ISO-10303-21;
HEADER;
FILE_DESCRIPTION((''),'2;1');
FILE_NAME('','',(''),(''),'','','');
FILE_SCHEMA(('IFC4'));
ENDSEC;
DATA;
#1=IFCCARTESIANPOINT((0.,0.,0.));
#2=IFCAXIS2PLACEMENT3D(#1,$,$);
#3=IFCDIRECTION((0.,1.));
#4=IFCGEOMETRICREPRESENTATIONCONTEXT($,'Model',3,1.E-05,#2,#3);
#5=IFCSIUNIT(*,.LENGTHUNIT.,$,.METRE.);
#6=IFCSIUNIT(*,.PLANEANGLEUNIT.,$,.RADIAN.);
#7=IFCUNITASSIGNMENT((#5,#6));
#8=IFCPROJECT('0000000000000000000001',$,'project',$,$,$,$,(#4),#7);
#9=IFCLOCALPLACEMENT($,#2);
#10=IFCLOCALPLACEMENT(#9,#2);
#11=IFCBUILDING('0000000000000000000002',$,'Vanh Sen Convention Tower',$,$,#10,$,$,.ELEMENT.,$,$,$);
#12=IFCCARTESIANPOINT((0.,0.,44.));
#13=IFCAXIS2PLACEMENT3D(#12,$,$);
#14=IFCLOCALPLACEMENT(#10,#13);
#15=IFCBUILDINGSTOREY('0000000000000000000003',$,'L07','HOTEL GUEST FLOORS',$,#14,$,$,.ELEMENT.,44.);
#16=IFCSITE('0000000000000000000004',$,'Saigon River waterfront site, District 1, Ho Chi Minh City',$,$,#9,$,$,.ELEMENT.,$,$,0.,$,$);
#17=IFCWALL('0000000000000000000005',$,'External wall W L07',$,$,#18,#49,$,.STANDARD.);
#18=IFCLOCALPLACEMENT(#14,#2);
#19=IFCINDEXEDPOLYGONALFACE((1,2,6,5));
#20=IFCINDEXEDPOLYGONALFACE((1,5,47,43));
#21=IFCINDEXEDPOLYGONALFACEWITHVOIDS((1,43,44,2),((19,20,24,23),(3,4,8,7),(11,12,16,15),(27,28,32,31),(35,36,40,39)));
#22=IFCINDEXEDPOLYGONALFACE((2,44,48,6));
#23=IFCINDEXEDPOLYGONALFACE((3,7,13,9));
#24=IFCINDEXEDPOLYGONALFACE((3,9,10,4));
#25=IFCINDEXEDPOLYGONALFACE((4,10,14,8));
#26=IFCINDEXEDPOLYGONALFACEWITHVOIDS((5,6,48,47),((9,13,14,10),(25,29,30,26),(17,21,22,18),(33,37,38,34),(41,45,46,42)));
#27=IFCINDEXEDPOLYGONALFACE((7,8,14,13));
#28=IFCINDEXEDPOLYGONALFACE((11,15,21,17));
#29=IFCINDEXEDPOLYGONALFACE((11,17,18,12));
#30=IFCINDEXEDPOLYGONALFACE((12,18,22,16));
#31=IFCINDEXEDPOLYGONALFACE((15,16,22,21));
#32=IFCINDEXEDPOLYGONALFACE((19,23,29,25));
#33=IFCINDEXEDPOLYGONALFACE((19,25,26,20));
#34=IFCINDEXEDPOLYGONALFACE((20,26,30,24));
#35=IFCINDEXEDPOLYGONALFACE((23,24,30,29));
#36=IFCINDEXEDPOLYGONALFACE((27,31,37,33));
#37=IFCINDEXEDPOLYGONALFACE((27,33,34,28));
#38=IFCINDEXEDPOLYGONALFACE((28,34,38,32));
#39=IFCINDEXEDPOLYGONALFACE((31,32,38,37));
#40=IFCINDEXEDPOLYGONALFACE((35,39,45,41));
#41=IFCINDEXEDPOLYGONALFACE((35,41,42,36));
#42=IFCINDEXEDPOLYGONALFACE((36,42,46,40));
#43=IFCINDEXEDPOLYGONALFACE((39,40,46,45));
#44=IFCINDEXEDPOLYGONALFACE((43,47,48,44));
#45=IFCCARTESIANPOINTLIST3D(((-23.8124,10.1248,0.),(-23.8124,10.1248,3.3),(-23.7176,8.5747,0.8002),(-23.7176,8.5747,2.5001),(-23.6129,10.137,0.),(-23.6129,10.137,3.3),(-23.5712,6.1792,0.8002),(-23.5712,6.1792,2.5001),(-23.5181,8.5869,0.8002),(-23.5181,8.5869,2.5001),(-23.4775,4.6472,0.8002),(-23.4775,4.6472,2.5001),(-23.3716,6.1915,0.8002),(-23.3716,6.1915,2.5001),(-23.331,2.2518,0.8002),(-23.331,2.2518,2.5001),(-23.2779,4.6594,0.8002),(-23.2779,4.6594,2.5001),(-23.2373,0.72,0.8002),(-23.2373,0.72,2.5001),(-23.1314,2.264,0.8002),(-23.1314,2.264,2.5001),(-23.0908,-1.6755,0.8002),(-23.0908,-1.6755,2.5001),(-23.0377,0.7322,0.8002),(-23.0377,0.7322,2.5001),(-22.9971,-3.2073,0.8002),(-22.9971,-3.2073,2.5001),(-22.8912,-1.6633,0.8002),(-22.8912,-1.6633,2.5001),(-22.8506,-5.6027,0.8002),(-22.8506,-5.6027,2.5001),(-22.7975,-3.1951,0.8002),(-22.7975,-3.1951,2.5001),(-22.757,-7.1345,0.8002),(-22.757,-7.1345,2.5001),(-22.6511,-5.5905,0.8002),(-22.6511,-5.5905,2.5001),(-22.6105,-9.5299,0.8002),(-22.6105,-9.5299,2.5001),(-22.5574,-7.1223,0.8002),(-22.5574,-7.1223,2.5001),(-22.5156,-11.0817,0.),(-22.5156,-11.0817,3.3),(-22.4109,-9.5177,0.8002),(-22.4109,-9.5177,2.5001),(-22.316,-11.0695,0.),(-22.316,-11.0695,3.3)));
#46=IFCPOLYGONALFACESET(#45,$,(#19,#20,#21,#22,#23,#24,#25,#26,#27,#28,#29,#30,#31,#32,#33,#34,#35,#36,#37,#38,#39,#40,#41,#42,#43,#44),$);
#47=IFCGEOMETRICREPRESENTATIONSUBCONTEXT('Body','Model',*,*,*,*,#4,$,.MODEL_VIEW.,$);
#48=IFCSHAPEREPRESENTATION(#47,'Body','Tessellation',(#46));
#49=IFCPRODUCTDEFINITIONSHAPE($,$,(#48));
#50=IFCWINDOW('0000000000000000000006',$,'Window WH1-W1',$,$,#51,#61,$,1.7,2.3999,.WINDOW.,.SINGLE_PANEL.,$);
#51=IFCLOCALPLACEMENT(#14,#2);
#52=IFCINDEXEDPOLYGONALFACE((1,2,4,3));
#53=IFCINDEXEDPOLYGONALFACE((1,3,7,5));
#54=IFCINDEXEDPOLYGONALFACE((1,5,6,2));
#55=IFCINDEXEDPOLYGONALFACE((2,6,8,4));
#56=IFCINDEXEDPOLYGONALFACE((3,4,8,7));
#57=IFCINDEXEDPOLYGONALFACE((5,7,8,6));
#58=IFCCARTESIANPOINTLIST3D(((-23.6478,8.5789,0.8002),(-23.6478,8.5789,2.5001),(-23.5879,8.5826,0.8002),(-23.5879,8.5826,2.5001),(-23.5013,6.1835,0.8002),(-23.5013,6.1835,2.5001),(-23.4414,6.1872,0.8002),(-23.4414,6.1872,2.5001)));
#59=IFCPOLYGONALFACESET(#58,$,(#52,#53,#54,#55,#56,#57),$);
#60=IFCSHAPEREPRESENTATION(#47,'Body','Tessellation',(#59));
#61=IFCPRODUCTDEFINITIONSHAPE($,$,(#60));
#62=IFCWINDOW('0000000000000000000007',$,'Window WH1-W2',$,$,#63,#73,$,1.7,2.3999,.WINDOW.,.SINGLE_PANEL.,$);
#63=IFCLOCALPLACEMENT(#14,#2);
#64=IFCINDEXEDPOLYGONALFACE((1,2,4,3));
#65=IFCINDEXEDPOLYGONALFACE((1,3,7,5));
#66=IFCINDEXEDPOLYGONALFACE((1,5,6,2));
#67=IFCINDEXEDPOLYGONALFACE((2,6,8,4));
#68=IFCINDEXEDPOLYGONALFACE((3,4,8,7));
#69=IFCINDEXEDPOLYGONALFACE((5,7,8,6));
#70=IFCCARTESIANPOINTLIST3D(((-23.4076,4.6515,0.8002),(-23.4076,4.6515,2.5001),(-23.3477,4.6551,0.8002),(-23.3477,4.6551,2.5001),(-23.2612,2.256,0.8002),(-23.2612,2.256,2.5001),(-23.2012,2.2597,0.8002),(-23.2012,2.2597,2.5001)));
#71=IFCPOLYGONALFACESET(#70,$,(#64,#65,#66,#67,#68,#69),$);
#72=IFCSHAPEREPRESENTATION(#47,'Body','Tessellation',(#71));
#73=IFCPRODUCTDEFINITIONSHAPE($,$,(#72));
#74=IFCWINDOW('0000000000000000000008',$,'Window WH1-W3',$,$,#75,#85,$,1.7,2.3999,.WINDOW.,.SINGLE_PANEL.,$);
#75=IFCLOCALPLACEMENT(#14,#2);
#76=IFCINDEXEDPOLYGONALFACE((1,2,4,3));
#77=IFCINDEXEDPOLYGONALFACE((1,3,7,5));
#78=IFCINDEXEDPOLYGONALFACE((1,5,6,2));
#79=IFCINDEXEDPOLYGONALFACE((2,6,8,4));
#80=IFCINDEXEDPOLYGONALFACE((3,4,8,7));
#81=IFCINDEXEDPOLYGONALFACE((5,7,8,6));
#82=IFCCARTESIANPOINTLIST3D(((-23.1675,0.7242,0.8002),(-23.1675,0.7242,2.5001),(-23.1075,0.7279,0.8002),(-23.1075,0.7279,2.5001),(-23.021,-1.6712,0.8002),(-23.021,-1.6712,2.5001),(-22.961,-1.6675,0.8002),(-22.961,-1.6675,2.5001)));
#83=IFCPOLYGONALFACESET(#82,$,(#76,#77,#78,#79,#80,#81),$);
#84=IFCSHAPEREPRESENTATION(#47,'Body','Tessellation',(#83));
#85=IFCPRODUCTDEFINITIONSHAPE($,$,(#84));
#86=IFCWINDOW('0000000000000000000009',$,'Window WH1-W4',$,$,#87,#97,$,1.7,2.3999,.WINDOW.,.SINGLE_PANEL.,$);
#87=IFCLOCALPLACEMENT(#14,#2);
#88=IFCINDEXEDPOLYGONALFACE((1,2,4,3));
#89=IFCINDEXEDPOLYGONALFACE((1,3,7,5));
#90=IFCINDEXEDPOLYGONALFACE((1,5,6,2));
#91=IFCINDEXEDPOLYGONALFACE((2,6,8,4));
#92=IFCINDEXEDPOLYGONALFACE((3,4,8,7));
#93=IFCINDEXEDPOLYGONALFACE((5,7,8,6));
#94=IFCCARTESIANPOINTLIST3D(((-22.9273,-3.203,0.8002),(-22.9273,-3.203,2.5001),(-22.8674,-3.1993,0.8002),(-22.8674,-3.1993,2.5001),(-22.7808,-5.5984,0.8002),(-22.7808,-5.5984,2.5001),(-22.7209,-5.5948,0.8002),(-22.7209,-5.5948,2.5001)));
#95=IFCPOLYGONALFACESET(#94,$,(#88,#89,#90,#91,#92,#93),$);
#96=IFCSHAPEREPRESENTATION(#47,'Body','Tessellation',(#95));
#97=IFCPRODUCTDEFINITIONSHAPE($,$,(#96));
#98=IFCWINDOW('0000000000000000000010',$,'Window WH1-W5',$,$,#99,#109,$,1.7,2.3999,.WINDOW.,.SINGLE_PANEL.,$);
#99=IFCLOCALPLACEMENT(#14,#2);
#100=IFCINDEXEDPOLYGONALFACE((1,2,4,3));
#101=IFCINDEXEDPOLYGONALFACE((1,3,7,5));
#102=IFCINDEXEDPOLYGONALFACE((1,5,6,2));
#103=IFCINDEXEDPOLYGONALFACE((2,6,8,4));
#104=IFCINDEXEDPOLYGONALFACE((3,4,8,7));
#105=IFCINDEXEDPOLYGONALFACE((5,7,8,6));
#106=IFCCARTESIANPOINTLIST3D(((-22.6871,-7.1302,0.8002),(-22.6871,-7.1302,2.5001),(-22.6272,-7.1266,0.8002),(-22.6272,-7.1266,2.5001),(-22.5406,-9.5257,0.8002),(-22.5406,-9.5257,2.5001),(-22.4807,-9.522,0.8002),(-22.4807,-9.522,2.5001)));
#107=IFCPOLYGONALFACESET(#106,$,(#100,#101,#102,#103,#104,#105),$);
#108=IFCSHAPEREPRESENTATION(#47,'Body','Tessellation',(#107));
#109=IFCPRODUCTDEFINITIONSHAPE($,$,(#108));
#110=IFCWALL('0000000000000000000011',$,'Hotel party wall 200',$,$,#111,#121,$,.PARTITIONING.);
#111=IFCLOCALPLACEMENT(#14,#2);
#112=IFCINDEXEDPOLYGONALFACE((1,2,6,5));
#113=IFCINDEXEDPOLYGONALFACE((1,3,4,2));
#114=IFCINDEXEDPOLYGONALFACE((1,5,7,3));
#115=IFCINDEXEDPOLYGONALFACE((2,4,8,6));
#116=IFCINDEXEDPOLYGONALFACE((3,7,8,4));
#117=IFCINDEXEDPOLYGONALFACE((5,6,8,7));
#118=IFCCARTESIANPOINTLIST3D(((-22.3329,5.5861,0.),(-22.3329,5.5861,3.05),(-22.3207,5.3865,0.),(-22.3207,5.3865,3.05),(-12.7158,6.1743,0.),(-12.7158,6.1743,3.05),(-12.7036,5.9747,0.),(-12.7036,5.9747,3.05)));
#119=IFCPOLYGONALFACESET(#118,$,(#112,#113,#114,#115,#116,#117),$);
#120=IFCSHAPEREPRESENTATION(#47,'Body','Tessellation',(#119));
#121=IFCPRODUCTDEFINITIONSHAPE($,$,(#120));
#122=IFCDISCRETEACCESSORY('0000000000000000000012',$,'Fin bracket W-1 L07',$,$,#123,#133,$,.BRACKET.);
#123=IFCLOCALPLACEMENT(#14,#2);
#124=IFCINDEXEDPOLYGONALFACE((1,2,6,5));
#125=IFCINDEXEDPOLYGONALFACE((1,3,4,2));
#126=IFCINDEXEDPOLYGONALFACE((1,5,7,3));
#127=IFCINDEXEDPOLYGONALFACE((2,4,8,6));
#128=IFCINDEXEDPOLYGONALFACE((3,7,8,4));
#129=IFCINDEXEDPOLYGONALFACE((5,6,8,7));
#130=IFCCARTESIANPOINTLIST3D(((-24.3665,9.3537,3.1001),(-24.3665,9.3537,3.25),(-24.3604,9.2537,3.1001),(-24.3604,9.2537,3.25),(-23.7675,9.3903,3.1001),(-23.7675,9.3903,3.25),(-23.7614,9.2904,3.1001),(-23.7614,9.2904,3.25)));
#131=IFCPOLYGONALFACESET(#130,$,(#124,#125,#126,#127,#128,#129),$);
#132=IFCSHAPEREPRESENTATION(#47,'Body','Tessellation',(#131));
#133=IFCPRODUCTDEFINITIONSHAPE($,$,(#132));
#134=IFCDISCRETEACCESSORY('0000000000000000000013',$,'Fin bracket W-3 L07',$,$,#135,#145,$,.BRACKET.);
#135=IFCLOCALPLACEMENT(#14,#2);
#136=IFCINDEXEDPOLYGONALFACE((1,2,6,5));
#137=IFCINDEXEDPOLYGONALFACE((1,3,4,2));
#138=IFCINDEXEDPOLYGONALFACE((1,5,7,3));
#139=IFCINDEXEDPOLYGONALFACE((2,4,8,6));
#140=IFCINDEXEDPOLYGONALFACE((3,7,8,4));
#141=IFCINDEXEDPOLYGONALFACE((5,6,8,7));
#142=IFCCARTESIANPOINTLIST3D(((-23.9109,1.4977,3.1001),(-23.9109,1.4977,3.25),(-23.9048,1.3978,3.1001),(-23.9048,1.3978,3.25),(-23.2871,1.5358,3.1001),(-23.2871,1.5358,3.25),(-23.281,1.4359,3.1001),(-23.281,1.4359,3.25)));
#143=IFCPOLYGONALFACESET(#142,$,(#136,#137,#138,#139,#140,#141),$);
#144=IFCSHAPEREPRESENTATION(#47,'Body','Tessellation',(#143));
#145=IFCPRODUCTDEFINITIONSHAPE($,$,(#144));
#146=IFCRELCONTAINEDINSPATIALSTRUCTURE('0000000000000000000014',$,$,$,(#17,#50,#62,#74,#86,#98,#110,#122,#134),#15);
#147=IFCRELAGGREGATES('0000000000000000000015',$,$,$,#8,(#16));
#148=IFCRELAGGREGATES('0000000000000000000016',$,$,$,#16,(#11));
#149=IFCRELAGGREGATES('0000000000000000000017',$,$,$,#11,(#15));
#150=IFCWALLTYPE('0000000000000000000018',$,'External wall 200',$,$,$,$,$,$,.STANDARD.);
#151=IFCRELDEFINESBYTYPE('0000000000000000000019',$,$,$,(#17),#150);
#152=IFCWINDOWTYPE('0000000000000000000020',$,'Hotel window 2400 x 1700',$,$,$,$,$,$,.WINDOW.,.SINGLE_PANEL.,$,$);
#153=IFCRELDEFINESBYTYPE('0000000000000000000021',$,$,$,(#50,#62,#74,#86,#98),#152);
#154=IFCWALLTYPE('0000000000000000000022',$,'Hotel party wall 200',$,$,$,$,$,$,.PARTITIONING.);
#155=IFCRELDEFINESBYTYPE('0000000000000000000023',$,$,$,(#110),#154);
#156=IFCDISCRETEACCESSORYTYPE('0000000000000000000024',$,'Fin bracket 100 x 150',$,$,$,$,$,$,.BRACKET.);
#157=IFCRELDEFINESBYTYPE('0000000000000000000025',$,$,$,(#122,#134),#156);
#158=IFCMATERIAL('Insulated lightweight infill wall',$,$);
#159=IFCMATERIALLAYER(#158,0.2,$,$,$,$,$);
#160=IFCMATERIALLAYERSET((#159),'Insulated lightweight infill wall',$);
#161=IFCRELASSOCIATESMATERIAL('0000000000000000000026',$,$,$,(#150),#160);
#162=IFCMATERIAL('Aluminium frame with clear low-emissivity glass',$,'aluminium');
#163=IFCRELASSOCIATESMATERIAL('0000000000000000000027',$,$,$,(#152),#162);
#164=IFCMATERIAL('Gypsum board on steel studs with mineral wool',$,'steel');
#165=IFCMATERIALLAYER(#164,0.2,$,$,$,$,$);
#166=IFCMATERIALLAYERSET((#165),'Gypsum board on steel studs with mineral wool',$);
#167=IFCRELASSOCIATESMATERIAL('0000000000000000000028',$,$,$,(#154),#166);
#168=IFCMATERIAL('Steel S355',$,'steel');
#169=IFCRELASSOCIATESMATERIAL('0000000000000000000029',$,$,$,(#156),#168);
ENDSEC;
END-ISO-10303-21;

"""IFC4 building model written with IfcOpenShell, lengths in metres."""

from ifc_helpers import new_model, si_unit, direction, frame, frame_2d, origin, origin_2d, place, context, subcontext, project, spatial, rectangle, extrude, material, layer, layer_set, type_object, element, fill, save


model = new_model("IFC4")

# Units and contexts
model_context = context("Model", 3, precision=1e-05, world=origin(), true_north=direction((0.0, 1.0)))
body_context = subcontext(model_context, "Body", "Model", "MODEL_VIEW")
ifc_project = project(units=[si_unit("LENGTHUNIT", "METRE"), si_unit("PLANEANGLEUNIT", "RADIAN")], contexts=[model_context])

# Site, building, storey
site_placement = place(None, origin())
site = spatial("IfcSite", under=ifc_project, at=site_placement, Name="Saigon River waterfront site, District 1, Ho Chi Minh City", CompositionType="ELEMENT", RefElevation=0.0)
building_placement = place(site_placement, origin())
building = spatial("IfcBuilding", under=site, at=building_placement, Name="Vanh Sen Convention Tower", CompositionType="ELEMENT")
storey_placement = place(building_placement, frame((0.0, 0.0, 44.0)))
storey = spatial("IfcBuildingStorey", under=building, at=storey_placement, Name="L07", Description="HOTEL GUEST FLOORS", CompositionType="ELEMENT", Elevation=44.0)

# Shared definitions
ifc_material_1 = material(Name="Gypsum board on steel studs with mineral wool", Category="steel")

# Wall, openings, windows
ifc_material_2 = material(Name="Insulated lightweight infill wall")
ifc_layer_1 = layer(ifc_material_2, 0.2)
ifc_layer_set_1 = layer_set([ifc_layer_1], Name="Insulated lightweight infill wall")
wall_type_1 = type_object("IfcWallType", Name="External wall 200", PredefinedType="STANDARD", material=ifc_layer_set_1)
wall_1_placement = place(storey_placement, frame((-23.7126, 10.1309, 0.0), z_axis=(0.0, 0.0, 1.0), x_axis=(0.06104, -0.998135, 0.0)))
wall_1 = element("IfcWall", 1, at=wall_1_placement, inside=storey, type_object=wall_type_1, Name="External wall W L07", PredefinedType="STANDARD", context=body_context, shape_type="SweptSolid", body=[
    extrude(rectangle(XDim=21.2461, YDim=0.2, at=frame_2d((10.623, 0.0))), origin(), (0.0, 0.0, 1.0), 3.3),
])
opening_1_placement = place(wall_1_placement, frame((1.553, 0.0, 0.8)))
opening_1 = element("IfcOpeningElement", 2, at=opening_1_placement, cuts=wall_1, PredefinedType="OPENING", context=body_context, shape_type="SweptSolid", body=[
    extrude(rectangle(XDim=2.3999, YDim=1.7, at=frame_2d((1.2, 0.8501))), frame((0.0, 0.1099, 0.0), z_axis=(0.0, -1.0, 0.0), x_axis=(1.0, 0.0, 0.0)), (0.0, 0.0, 1.0), 0.22),
])
opening_2_placement = place(wall_1_placement, frame((5.4878, 0.0, 0.8)))
opening_2 = element("IfcOpeningElement", 3, at=opening_2_placement, cuts=wall_1, PredefinedType="OPENING", context=body_context, shape_type="SweptSolid", body=[
    extrude(rectangle(XDim=2.3999, YDim=1.7, at=frame_2d((1.2, 0.8501))), frame((0.0, 0.1099, 0.0), z_axis=(0.0, -1.0, 0.0), x_axis=(1.0, 0.0, 0.0)), (0.0, 0.0, 1.0), 0.22),
])
opening_3_placement = place(wall_1_placement, frame((9.4224, 0.0, 0.8)))
opening_3 = element("IfcOpeningElement", 4, at=opening_3_placement, cuts=wall_1, PredefinedType="OPENING", context=body_context, shape_type="SweptSolid", body=[
    extrude(rectangle(XDim=2.3999, YDim=1.7, at=frame_2d((1.2, 0.8501))), frame((0.0, 0.1099, 0.0), z_axis=(0.0, -1.0, 0.0), x_axis=(1.0, 0.0, 0.0)), (0.0, 0.0, 1.0), 0.22),
])
opening_4_placement = place(wall_1_placement, frame((13.3569, 0.0, 0.8)))
opening_4 = element("IfcOpeningElement", 5, at=opening_4_placement, cuts=wall_1, PredefinedType="OPENING", context=body_context, shape_type="SweptSolid", body=[
    extrude(rectangle(XDim=2.3999, YDim=1.7, at=frame_2d((1.2, 0.8501))), frame((0.0, 0.1099, 0.0), z_axis=(0.0, -1.0, 0.0), x_axis=(1.0, 0.0, 0.0)), (0.0, 0.0, 1.0), 0.22),
])
opening_5_placement = place(wall_1_placement, frame((17.2915, 0.0, 0.8)))
opening_5 = element("IfcOpeningElement", 6, at=opening_5_placement, cuts=wall_1, PredefinedType="OPENING", context=body_context, shape_type="SweptSolid", body=[
    extrude(rectangle(XDim=2.3999, YDim=1.7, at=frame_2d((1.2, 0.8501))), frame((0.0, 0.1099, 0.0), z_axis=(0.0, -1.0, 0.0), x_axis=(1.0, 0.0, 0.0)), (0.0, 0.0, 1.0), 0.22),
])
ifc_material_3 = material(Name="Aluminium frame with clear low-emissivity glass", Category="aluminium")
window_type = type_object("IfcWindowType", Name="Hotel window 2400 x 1700", PartitioningType="SINGLE_PANEL", PredefinedType="WINDOW", material=ifc_material_3)
window_1_placement = place(opening_1_placement, origin())
window_1 = element("IfcWindow", 7, at=window_1_placement, inside=storey, type_object=window_type, Name="Window WH1-W1", OverallHeight=1.7, OverallWidth=2.3999, PartitioningType="SINGLE_PANEL", PredefinedType="WINDOW", context=body_context, shape_type="SweptSolid", body=[
    extrude(rectangle(XDim=2.3999, YDim=1.7, at=frame_2d((1.2, 0.8501))), frame((0.0, 0.03, 0.0), z_axis=(0.0, -1.0, 0.0), x_axis=(1.0, 0.0, 0.0)), (0.0, 0.0, 1.0), 0.0601),
])
fill(opening_1, window_1)
window_2_placement = place(opening_2_placement, origin())
window_2 = element("IfcWindow", 8, at=window_2_placement, inside=storey, type_object=window_type, Name="Window WH1-W2", OverallHeight=1.7, OverallWidth=2.3999, PartitioningType="SINGLE_PANEL", PredefinedType="WINDOW", context=body_context, shape_type="SweptSolid", body=[
    extrude(rectangle(XDim=2.3999, YDim=1.7, at=frame_2d((1.2, 0.8501))), frame((0.0, 0.03, 0.0), z_axis=(0.0, -1.0, 0.0), x_axis=(1.0, 0.0, 0.0)), (0.0, 0.0, 1.0), 0.0601),
])
fill(opening_2, window_2)
window_3_placement = place(opening_3_placement, origin())
window_3 = element("IfcWindow", 9, at=window_3_placement, inside=storey, type_object=window_type, Name="Window WH1-W3", OverallHeight=1.7, OverallWidth=2.3999, PartitioningType="SINGLE_PANEL", PredefinedType="WINDOW", context=body_context, shape_type="SweptSolid", body=[
    extrude(rectangle(XDim=2.3999, YDim=1.7, at=frame_2d((1.2, 0.8501))), frame((0.0, 0.03, 0.0), z_axis=(0.0, -1.0, 0.0), x_axis=(1.0, 0.0, 0.0)), (0.0, 0.0, 1.0), 0.0601),
])
fill(opening_3, window_3)
window_4_placement = place(opening_4_placement, origin())
window_4 = element("IfcWindow", 10, at=window_4_placement, inside=storey, type_object=window_type, Name="Window WH1-W4", OverallHeight=1.7, OverallWidth=2.3999, PartitioningType="SINGLE_PANEL", PredefinedType="WINDOW", context=body_context, shape_type="SweptSolid", body=[
    extrude(rectangle(XDim=2.3999, YDim=1.7, at=frame_2d((1.2, 0.8501))), frame((0.0, 0.03, 0.0), z_axis=(0.0, -1.0, 0.0), x_axis=(1.0, 0.0, 0.0)), (0.0, 0.0, 1.0), 0.0601),
])
fill(opening_4, window_4)
window_5_placement = place(opening_5_placement, origin())
window_5 = element("IfcWindow", 11, at=window_5_placement, inside=storey, type_object=window_type, Name="Window WH1-W5", OverallHeight=1.7, OverallWidth=2.3999, PartitioningType="SINGLE_PANEL", PredefinedType="WINDOW", context=body_context, shape_type="SweptSolid", body=[
    extrude(rectangle(XDim=2.3999, YDim=1.7, at=frame_2d((1.2, 0.8501))), frame((0.0, 0.03, 0.0), z_axis=(0.0, -1.0, 0.0), x_axis=(1.0, 0.0, 0.0)), (0.0, 0.0, 1.0), 0.0601),
])
fill(opening_5, window_5)

# Wall
ifc_layer_2 = layer(ifc_material_1, 0.2)
ifc_layer_set_2 = layer_set([ifc_layer_2], Name="Gypsum board on steel studs with mineral wool")
wall_type_2 = type_object("IfcWallType", Name="Hotel party wall 200", PredefinedType="PARTITIONING", material=ifc_layer_set_2)
wall_2_placement = place(storey_placement, frame((-22.3267, 5.4863, 0.0), z_axis=(0.0, 0.0, 1.0), x_axis=(0.998135, 0.061042, 0.0)))
element("IfcWall", 12, at=wall_2_placement, inside=storey, type_object=wall_type_2, Name="Hotel party wall 200", PredefinedType="PARTITIONING", context=body_context, shape_type="SweptSolid", body=[
    extrude(rectangle(XDim=9.635, YDim=0.2, at=frame_2d((4.8174, 0.0))), origin(), (0.0, 0.0, 1.0), 3.05),
])

# Discrete accessories
ifc_material_4 = material(Name="Steel S355", Category="steel")
discrete_accessory_type = type_object("IfcDiscreteAccessoryType", Name="Fin bracket 100 x 150", PredefinedType="BRACKET", material=ifc_material_4)
discrete_accessory_1_placement = place(storey_placement, frame((-24.064, 9.322, 3.1001), z_axis=(0.0, 0.0, 1.0), x_axis=(-0.998135, -0.061049, 0.0)))
element("IfcDiscreteAccessory", 13, at=discrete_accessory_1_placement, inside=storey, type_object=discrete_accessory_type, Name="Fin bracket W-1 L07", PredefinedType="BRACKET", context=body_context, shape_type="SweptSolid", body=[
    extrude(rectangle(XDim=0.6001, YDim=0.1001, at=origin_2d()), origin(), (0.0, 0.0, 1.0), 0.1499),
])
discrete_accessory_2_placement = place(storey_placement, frame((-23.5959, 1.4668, 3.1001), z_axis=(0.0, 0.0, 1.0), x_axis=(-0.998135, -0.061049, 0.0)))
element("IfcDiscreteAccessory", 14, at=discrete_accessory_2_placement, inside=storey, type_object=discrete_accessory_type, Name="Fin bracket W-3 L07", PredefinedType="BRACKET", context=body_context, shape_type="SweptSolid", body=[
    extrude(rectangle(XDim=0.625, YDim=0.1001, at=origin_2d()), origin(), (0.0, 0.0, 1.0), 0.1499),
])

save(model, "model.ifc")
